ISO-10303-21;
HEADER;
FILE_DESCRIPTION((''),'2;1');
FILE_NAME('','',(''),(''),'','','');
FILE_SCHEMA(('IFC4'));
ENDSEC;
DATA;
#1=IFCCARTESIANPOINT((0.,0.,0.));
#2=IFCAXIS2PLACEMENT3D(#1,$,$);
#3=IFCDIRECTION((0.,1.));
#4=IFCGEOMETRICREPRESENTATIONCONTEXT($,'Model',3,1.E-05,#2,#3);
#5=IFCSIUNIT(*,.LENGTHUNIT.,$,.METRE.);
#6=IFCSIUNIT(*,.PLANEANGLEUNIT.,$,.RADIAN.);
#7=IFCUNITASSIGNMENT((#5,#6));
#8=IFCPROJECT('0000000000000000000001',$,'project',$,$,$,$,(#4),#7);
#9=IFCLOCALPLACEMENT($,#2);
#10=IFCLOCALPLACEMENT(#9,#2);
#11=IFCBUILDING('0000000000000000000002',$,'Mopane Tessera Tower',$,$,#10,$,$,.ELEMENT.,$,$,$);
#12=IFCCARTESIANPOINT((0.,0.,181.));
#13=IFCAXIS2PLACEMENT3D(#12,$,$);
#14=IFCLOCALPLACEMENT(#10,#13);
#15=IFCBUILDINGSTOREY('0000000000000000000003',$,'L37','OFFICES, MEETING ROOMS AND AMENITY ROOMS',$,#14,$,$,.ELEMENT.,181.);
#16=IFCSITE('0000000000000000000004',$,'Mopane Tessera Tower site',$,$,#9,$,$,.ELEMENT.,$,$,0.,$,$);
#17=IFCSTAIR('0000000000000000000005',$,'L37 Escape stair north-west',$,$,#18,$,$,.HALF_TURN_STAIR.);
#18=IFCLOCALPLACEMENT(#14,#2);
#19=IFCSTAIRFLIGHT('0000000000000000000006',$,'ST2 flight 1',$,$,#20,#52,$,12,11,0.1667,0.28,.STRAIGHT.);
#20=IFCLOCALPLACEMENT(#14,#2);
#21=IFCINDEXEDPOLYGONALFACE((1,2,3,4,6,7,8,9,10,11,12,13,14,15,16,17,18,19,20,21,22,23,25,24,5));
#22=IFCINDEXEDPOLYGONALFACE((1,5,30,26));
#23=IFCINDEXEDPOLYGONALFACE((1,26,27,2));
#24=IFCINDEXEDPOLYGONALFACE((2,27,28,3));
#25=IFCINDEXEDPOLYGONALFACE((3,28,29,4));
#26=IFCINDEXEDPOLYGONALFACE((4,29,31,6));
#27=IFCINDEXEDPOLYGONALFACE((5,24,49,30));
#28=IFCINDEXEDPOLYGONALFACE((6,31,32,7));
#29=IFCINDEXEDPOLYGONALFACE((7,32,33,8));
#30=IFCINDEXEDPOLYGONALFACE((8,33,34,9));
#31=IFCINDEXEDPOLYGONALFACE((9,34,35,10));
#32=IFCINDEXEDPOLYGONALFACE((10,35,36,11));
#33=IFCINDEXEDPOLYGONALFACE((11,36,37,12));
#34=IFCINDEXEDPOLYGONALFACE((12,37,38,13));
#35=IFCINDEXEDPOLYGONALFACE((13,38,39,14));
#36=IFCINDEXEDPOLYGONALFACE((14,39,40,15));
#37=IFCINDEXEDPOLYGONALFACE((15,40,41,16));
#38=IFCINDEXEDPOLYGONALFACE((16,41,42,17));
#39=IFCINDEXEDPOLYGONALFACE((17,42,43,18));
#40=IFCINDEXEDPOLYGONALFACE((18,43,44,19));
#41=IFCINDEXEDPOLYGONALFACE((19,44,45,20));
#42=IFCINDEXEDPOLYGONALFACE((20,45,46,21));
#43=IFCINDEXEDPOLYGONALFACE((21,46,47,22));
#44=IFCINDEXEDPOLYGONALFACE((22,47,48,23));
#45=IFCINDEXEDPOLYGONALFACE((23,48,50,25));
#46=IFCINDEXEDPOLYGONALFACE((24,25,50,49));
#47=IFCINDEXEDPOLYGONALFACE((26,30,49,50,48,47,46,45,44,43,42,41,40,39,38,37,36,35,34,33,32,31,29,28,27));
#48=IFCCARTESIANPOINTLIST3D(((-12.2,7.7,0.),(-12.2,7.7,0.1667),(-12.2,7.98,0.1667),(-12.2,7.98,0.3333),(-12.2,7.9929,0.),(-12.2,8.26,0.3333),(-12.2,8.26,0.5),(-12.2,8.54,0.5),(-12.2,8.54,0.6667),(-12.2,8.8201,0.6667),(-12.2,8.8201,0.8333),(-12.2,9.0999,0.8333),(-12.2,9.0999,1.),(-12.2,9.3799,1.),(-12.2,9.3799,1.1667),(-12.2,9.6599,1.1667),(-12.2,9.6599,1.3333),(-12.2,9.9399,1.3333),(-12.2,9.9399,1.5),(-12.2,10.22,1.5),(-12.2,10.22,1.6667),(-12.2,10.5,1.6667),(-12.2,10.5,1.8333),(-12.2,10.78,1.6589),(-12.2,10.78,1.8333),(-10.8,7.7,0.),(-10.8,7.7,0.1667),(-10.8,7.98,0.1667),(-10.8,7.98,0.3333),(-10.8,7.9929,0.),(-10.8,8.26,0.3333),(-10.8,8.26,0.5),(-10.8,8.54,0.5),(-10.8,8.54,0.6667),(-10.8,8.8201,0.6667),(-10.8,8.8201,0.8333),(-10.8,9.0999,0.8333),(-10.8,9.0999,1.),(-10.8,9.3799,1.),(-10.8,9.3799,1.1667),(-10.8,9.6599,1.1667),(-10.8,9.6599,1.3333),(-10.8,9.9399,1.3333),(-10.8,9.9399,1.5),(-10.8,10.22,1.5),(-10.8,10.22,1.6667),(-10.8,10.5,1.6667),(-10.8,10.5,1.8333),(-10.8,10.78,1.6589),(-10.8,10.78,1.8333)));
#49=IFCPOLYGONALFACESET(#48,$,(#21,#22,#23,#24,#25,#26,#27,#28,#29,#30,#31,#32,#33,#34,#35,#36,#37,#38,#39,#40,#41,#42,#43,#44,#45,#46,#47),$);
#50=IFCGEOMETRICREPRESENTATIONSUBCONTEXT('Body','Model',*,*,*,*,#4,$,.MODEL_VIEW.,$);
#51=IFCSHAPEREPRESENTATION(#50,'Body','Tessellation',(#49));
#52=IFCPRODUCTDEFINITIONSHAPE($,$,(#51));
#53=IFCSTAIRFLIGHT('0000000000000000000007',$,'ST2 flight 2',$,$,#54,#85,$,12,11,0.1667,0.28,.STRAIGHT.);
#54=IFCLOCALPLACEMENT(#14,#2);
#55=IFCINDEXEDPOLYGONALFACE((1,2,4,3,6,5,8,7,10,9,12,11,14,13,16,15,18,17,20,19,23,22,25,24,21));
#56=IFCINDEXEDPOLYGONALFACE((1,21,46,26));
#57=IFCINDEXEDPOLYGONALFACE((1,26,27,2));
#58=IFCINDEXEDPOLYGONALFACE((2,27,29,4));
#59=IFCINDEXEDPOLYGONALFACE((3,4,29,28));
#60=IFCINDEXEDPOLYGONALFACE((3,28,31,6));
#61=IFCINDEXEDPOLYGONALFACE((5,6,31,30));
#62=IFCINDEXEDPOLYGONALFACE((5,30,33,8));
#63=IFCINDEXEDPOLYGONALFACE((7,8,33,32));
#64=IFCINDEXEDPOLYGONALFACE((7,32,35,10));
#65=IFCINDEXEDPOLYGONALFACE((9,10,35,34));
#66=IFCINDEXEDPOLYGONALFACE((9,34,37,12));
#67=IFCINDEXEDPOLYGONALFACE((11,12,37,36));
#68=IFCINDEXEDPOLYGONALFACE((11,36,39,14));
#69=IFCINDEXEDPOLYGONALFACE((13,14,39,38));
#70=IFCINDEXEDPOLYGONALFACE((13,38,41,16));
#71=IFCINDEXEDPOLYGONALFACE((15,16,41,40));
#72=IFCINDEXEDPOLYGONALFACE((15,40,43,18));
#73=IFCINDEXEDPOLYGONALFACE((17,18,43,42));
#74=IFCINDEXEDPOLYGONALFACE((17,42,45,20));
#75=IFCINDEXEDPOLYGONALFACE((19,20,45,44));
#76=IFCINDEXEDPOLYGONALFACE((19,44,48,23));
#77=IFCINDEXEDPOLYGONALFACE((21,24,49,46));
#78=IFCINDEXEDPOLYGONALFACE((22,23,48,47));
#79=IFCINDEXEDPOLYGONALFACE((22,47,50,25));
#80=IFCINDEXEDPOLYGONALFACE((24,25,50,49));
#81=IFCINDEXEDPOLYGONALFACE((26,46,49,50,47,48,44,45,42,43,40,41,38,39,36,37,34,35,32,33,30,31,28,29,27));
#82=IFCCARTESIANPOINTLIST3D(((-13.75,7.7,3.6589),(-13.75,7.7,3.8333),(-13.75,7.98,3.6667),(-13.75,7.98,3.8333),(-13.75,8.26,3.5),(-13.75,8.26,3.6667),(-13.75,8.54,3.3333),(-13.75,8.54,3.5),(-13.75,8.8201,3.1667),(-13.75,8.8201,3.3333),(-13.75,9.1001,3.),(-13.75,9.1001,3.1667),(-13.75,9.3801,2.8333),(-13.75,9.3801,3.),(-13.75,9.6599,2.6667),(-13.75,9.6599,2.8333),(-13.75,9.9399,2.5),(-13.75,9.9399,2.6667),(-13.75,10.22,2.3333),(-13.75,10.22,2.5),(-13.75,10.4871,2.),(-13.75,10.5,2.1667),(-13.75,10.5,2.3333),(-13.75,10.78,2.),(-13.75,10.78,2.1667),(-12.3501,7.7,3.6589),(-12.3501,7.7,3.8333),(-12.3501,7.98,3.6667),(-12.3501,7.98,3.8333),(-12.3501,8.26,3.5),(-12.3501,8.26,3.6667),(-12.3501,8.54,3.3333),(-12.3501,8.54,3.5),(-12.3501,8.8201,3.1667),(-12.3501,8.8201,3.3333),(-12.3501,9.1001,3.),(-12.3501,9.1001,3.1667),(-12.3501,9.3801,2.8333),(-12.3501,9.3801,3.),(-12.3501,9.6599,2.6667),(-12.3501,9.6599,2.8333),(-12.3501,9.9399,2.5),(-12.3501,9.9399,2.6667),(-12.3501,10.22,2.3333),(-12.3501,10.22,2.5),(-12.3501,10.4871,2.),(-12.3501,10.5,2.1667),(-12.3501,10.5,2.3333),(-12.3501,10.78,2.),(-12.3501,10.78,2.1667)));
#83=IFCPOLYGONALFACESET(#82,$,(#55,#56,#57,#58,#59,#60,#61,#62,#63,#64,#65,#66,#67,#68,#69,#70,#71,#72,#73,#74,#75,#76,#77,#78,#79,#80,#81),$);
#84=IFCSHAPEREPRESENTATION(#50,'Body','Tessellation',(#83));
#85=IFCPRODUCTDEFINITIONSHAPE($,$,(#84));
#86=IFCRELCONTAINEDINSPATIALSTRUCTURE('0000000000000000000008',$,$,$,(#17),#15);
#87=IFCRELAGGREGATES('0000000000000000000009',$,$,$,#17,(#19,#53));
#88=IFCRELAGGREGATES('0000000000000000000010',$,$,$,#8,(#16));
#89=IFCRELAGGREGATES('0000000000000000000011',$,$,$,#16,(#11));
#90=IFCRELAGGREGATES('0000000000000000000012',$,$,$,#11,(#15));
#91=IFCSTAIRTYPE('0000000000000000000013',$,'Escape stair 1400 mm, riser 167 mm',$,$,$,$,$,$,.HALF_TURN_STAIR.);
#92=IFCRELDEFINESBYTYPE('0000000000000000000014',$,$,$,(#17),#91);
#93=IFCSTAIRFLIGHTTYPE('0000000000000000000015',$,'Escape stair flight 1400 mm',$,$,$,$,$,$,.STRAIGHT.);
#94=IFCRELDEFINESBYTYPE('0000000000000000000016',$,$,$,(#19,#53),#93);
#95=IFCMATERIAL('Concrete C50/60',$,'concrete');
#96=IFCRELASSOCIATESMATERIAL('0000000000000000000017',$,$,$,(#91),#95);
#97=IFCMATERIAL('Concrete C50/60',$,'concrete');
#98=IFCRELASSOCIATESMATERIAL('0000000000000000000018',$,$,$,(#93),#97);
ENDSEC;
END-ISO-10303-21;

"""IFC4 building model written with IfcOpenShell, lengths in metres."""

from ifc_helpers import new_model, si_unit, direction, frame, origin, place, context, subcontext, project, spatial, polyline, outline, extrude, material, type_object, element, aggregate, save


model = new_model("IFC4")

# Units and contexts
model_context = context("Model", 3, precision=1e-05, world=origin(), true_north=direction((0.0, 1.0)))
body_context = subcontext(model_context, "Body", "Model", "MODEL_VIEW")
ifc_project = project(units=[si_unit("LENGTHUNIT", "METRE"), si_unit("PLANEANGLEUNIT", "RADIAN")], contexts=[model_context])

# Site, building, storey
site_placement = place(None, origin())
site = spatial("IfcSite", under=ifc_project, at=site_placement, Name="Mopane Tessera Tower site", CompositionType="ELEMENT", RefElevation=0.0)
building_placement = place(site_placement, origin())
building = spatial("IfcBuilding", under=site, at=building_placement, Name="Mopane Tessera Tower", CompositionType="ELEMENT")
storey_placement = place(building_placement, frame((0.0, 0.0, 181.0)))
storey = spatial("IfcBuildingStorey", under=building, at=storey_placement, Name="L37", Description="OFFICES, MEETING ROOMS AND AMENITY ROOMS", CompositionType="ELEMENT", Elevation=181.0)

# Stair, stair flights
ifc_material_1 = material(Name="Concrete C50/60", Category="concrete")
stair_type = type_object("IfcStairType", Name="Escape stair 1400 mm, riser 167 mm", PredefinedType="HALF_TURN_STAIR", material=ifc_material_1)
stair_placement = place(storey_placement, origin())
stair = element("IfcStair", 1, at=stair_placement, inside=storey, type_object=stair_type, Name="L37 Escape stair north-west", PredefinedType="HALF_TURN_STAIR")
ifc_material_2 = material(Name="Concrete C50/60", Category="concrete")
stair_flight_type = type_object("IfcStairFlightType", Name="Escape stair flight 1400 mm", PredefinedType="STRAIGHT", material=ifc_material_2)
stair_flight_1_placement = place(storey_placement, frame((-11.5, 7.7, 0.0), z_axis=(0.0, 0.0, 1.0), x_axis=(0.0, 1.0, 0.0)))
stair_flight_1 = element("IfcStairFlight", 2, at=stair_flight_1_placement, type_object=stair_flight_type, Name="ST2 flight 1", NumberOfRisers=12, NumberOfTreads=11, PredefinedType="STRAIGHT", RiserHeight=0.1667, TreadLength=0.28, context=body_context, shape_type="SweptSolid", body=[
    extrude(outline(polyline([(0.0, 0.0), (0.0, 0.1667), (0.28, 0.1667), (0.28, 0.3333), (0.5601, 0.3333), (0.5601, 0.5), (0.8401, 0.5), (0.8401, 0.6667), (1.1201, 0.6667), (1.1201, 0.8333), (1.3999, 0.8333), (1.3999, 1.0), (1.6799, 1.0), (1.6799, 1.1667), (1.96, 1.1667), (1.96, 1.3333), (2.24, 1.3333), (2.24, 1.5), (2.52, 1.5), (2.52, 1.6667), (2.8, 1.6667), (2.8, 1.8333), (3.0801, 1.8333), (3.0801, 2.0), (3.0801, 1.6589), (0.293, 0.0), (0.0, 0.0)])), frame((0.0, 0.7, 0.0), z_axis=(0.0, -1.0, 0.0), x_axis=(1.0, 0.0, 0.0)), (0.0, 0.0, 1.0), 1.3999),
])
stair_flight_2_placement = place(storey_placement, frame((-13.05, 10.78, 2.0), z_axis=(0.0, 0.0, 1.0), x_axis=(0.0, -1.0, 0.0)))
stair_flight_2 = element("IfcStairFlight", 3, at=stair_flight_2_placement, type_object=stair_flight_type, Name="ST2 flight 2", NumberOfRisers=12, NumberOfTreads=11, PredefinedType="STRAIGHT", RiserHeight=0.1667, TreadLength=0.28, context=body_context, shape_type="SweptSolid", body=[
    extrude(outline(polyline([(0.0, 0.0), (0.0, 0.1667), (0.28, 0.1667), (0.28, 0.3333), (0.5601, 0.3333), (0.5601, 0.5), (0.8401, 0.5), (0.8401, 0.6667), (1.1201, 0.6667), (1.1201, 0.8333), (1.3999, 0.8333), (1.3999, 1.0), (1.6799, 1.0), (1.6799, 1.1667), (1.96, 1.1667), (1.96, 1.3333), (2.24, 1.3333), (2.24, 1.5), (2.52, 1.5), (2.52, 1.6667), (2.8, 1.6667), (2.8, 1.8333), (3.0801, 1.8333), (3.0801, 2.0), (3.0801, 1.6589), (0.293, 0.0), (0.0, 0.0)])), frame((0.0, 0.7, 0.0), z_axis=(0.0, -1.0, 0.0), x_axis=(1.0, 0.0, 0.0)), (0.0, 0.0, 1.0), 1.3999),
])
aggregate(stair, [stair_flight_1, stair_flight_2])

save(model, "model.ifc")
